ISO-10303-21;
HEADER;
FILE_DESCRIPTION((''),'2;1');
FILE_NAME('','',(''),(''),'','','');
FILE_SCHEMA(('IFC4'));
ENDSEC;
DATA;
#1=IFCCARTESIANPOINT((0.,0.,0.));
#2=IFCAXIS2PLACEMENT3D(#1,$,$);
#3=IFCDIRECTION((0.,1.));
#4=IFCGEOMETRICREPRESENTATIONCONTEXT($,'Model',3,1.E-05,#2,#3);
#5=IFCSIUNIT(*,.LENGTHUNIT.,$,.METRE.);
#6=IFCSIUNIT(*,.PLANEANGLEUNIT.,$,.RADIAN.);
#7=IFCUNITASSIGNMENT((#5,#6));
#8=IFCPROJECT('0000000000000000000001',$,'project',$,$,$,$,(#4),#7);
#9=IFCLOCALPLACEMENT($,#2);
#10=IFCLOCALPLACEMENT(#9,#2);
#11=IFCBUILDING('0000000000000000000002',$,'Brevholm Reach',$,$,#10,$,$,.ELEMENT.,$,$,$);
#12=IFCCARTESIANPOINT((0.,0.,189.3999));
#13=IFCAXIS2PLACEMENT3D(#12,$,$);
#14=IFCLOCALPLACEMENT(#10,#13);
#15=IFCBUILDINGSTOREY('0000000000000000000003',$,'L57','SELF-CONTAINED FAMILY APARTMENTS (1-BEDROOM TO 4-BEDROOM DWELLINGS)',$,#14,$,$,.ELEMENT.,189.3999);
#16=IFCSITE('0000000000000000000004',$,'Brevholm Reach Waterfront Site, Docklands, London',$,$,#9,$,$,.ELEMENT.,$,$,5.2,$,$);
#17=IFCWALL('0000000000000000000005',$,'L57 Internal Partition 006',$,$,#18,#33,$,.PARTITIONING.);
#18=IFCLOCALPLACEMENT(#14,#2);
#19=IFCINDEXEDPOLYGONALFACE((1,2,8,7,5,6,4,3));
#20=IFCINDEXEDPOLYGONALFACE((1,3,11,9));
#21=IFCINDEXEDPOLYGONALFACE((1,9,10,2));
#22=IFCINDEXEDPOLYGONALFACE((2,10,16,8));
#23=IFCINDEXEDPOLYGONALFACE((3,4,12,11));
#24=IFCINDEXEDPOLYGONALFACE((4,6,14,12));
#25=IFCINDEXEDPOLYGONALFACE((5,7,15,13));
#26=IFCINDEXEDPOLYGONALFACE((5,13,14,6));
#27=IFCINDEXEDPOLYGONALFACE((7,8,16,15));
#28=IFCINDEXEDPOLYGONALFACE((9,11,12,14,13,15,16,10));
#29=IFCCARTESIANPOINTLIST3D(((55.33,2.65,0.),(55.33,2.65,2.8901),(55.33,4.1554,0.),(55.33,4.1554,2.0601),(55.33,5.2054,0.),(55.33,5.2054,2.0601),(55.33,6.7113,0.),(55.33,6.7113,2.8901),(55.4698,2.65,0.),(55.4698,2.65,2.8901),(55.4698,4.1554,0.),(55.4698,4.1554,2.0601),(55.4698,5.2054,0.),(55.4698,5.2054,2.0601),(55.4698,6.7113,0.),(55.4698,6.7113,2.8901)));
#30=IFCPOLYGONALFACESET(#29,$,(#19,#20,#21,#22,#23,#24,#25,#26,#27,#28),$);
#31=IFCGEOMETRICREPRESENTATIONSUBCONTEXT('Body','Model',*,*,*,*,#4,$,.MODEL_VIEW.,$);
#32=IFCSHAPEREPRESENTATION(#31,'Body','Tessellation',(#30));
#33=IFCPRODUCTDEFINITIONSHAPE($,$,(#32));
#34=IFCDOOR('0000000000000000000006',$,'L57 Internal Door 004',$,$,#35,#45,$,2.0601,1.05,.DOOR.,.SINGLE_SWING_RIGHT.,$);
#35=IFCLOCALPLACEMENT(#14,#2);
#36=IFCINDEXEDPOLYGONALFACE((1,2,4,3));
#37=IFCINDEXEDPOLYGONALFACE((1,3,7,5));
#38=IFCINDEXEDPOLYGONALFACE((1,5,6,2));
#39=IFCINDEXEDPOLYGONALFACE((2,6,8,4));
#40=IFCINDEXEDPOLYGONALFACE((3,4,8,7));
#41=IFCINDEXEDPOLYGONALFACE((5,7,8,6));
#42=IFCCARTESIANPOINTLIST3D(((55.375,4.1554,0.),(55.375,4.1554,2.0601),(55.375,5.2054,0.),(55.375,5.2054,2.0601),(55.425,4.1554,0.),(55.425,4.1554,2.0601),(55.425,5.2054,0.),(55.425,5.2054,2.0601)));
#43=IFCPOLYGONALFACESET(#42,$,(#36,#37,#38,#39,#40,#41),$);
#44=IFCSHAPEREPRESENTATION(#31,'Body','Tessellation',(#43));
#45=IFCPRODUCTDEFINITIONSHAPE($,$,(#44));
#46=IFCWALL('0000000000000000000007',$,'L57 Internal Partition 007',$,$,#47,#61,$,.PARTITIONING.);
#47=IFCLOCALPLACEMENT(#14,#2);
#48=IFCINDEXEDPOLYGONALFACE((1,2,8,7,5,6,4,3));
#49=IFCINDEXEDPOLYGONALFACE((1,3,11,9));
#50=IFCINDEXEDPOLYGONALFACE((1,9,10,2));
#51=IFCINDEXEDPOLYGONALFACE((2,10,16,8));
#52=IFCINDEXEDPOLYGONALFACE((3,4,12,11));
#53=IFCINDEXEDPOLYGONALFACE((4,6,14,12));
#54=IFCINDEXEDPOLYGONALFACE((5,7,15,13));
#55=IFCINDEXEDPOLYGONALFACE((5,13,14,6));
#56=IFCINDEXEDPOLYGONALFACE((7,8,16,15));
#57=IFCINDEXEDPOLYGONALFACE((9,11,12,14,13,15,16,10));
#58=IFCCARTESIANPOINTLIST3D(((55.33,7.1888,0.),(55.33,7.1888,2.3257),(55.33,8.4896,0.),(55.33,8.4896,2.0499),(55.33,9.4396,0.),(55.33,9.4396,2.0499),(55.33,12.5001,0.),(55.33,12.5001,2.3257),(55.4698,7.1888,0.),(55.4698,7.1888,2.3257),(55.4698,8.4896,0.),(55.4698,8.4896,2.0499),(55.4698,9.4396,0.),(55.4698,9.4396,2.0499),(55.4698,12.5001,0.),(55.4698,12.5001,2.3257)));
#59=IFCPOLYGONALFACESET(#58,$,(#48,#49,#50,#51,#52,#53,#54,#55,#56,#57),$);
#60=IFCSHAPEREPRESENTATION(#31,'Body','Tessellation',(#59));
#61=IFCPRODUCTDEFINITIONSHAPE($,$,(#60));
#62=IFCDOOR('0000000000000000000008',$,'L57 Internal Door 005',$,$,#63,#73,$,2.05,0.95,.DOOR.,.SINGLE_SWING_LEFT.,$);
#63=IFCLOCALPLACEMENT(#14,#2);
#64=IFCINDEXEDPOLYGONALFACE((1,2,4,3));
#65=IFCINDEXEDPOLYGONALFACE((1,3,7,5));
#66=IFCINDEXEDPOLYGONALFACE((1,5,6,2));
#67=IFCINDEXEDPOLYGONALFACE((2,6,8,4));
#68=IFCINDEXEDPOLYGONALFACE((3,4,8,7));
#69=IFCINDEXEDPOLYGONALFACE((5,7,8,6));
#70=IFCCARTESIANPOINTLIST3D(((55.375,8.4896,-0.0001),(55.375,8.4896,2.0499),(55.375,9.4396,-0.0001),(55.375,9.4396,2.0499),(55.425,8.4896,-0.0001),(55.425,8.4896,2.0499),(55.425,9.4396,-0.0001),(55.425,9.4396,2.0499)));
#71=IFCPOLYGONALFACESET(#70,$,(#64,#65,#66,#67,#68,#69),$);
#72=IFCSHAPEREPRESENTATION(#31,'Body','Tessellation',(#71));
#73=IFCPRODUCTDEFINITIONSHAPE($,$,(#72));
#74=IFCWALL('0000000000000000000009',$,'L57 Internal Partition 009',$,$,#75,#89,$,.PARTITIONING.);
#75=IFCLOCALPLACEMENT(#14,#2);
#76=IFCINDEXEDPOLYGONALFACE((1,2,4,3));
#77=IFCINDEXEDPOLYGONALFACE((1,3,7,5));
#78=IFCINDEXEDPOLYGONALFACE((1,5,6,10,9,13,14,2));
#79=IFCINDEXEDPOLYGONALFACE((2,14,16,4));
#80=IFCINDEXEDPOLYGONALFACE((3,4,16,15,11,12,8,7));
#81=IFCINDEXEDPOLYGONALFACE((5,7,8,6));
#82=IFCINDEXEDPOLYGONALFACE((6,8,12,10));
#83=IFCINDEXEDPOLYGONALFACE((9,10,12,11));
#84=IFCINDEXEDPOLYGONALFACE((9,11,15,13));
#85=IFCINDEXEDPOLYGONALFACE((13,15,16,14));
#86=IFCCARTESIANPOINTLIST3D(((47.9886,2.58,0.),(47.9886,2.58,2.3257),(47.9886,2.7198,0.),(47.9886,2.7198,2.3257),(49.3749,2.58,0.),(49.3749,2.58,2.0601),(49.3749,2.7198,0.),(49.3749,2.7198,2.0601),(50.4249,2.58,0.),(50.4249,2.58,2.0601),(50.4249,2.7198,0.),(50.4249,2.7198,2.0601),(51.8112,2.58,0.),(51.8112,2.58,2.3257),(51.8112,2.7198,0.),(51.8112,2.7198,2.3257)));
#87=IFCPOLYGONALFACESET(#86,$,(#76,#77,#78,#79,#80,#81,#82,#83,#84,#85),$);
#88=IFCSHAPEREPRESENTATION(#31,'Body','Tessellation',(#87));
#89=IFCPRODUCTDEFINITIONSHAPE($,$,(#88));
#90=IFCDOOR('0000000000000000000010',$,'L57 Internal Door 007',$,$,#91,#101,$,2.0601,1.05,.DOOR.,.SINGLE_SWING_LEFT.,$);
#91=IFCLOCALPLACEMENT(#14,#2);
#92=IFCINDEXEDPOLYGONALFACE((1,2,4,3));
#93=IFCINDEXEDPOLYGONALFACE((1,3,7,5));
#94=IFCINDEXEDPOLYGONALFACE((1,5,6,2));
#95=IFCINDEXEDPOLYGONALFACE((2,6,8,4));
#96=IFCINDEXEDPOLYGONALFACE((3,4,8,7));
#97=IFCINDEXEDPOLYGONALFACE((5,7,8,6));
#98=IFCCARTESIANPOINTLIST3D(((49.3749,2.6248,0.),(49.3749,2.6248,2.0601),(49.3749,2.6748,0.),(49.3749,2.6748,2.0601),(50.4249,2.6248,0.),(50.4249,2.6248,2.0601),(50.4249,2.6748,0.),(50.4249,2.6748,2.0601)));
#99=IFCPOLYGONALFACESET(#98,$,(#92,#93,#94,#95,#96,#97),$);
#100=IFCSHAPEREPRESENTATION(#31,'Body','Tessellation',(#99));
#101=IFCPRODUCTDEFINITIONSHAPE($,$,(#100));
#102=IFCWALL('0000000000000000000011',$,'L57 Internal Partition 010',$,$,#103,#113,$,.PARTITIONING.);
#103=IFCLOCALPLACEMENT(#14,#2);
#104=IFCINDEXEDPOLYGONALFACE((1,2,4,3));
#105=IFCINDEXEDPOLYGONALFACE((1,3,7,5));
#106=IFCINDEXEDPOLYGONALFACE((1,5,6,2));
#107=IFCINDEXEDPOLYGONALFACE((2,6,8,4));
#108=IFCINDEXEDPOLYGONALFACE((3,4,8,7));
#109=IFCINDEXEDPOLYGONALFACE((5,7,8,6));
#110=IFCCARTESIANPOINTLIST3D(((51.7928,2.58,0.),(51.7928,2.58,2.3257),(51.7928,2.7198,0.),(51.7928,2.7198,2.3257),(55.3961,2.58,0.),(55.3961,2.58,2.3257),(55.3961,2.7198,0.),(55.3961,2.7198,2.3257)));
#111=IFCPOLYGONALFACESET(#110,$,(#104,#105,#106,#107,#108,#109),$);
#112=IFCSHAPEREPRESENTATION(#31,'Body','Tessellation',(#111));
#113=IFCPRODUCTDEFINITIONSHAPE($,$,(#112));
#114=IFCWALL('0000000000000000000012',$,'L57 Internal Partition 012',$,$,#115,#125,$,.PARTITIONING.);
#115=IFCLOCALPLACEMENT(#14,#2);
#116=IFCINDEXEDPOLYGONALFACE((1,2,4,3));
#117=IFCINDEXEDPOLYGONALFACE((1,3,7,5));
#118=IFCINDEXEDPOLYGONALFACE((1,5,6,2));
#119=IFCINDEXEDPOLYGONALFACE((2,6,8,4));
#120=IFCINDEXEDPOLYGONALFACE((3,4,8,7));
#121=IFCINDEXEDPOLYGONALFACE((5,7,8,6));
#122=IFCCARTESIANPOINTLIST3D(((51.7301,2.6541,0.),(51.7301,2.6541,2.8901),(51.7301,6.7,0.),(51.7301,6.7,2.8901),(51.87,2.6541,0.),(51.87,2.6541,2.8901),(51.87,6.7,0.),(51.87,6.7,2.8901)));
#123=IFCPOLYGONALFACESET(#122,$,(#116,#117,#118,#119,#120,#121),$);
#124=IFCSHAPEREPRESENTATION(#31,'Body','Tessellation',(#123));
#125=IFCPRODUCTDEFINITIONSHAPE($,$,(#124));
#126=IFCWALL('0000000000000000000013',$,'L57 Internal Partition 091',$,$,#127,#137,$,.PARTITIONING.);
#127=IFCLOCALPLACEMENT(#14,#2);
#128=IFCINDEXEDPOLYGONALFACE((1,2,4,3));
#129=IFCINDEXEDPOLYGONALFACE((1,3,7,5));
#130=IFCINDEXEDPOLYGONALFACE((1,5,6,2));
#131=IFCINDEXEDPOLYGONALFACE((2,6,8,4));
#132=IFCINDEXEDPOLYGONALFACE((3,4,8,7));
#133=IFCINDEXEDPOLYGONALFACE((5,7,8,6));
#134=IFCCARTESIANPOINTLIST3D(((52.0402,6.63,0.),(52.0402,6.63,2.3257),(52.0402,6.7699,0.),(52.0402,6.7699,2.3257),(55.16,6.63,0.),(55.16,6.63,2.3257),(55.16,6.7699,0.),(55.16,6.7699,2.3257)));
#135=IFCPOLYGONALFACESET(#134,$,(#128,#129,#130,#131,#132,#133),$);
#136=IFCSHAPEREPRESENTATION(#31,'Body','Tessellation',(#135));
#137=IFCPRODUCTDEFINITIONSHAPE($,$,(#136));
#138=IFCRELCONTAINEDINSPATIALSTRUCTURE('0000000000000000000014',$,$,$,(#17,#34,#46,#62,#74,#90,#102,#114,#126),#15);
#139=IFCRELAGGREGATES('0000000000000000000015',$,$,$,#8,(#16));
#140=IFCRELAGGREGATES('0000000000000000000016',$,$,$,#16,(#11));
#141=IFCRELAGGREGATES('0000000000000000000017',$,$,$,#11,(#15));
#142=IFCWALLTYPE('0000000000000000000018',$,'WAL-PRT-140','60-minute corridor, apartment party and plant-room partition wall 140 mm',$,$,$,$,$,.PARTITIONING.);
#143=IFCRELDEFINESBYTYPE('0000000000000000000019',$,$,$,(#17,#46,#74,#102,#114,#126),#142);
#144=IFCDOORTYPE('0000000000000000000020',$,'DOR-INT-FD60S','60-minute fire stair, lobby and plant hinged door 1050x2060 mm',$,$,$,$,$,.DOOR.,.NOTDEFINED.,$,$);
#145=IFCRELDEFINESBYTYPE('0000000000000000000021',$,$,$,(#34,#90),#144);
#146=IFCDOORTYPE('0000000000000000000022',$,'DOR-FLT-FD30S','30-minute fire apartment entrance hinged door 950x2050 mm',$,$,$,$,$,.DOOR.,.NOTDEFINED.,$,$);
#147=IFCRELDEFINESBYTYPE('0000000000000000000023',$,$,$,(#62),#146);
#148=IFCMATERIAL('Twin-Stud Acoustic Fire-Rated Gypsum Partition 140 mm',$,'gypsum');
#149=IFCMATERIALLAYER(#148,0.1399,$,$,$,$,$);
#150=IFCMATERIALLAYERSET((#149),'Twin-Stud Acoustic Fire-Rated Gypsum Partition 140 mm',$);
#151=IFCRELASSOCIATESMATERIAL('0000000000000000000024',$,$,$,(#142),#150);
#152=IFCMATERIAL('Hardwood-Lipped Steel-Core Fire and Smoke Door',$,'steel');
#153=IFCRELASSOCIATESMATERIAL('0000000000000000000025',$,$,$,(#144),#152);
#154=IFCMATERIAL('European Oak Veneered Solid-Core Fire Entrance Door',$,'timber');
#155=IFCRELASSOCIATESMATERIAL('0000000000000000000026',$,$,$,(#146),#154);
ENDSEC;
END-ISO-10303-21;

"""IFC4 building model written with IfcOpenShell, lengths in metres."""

from ifc_helpers import new_model, si_unit, direction, frame, frame_2d, origin, place, context, subcontext, project, spatial, rectangle, extrude, material, layer, layer_set, type_object, element, fill, save


model = new_model("IFC4")

# Units and contexts
model_context = context("Model", 3, precision=1e-05, world=origin(), true_north=direction((0.0, 1.0)))
body_context = subcontext(model_context, "Body", "Model", "MODEL_VIEW")
ifc_project = project(units=[si_unit("LENGTHUNIT", "METRE"), si_unit("PLANEANGLEUNIT", "RADIAN")], contexts=[model_context])

# Site, building, storey
site_placement = place(None, origin())
site = spatial("IfcSite", under=ifc_project, at=site_placement, Name="Brevholm Reach Waterfront Site, Docklands, London", CompositionType="ELEMENT", RefElevation=5.2)
building_placement = place(site_placement, origin())
building = spatial("IfcBuilding", under=site, at=building_placement, Name="Brevholm Reach", CompositionType="ELEMENT")
storey_placement = place(building_placement, frame((0.0, 0.0, 189.3999)))
storey = spatial("IfcBuildingStorey", under=building, at=storey_placement, Name="L57", Description="SELF-CONTAINED FAMILY APARTMENTS (1-BEDROOM TO 4-BEDROOM DWELLINGS)", CompositionType="ELEMENT", Elevation=189.3999)

# Walls, openings, doors
ifc_material_1 = material(Name="Twin-Stud Acoustic Fire-Rated Gypsum Partition 140 mm", Category="gypsum")
ifc_layer_1 = layer(ifc_material_1, 0.1399)
ifc_layer_set_1 = layer_set([ifc_layer_1], Name="Twin-Stud Acoustic Fire-Rated Gypsum Partition 140 mm")
wall_type_1 = type_object("IfcWallType", Name="WAL-PRT-140", Description="60-minute corridor, apartment party and plant-room partition wall 140 mm", PredefinedType="PARTITIONING", material=ifc_layer_set_1)
wall_1_placement = place(storey_placement, frame((55.3999, 2.6499, 0.0), z_axis=(0.0, 0.0, 1.0), x_axis=(0.0, 1.0, 0.0)))
wall_1 = element("IfcWall", 1, at=wall_1_placement, inside=storey, type_object=wall_type_1, Name="L57 Internal Partition 006", PredefinedType="PARTITIONING", context=body_context, shape_type="SweptSolid", body=[
    extrude(rectangle(XDim=4.0613, YDim=0.1399, at=frame_2d((2.0308, 0.0))), origin(), (0.0, 0.0, 1.0), 2.8901),
])
opening_1_placement = place(wall_1_placement, frame((1.5056, 0.0, 0.0)))
opening_1 = element("IfcOpeningElement", 2, at=opening_1_placement, cuts=wall_1, PredefinedType="OPENING", context=body_context, shape_type="SweptSolid", body=[
    extrude(rectangle(XDim=1.05, YDim=2.0601, at=frame_2d((0.5249, 1.03))), frame((0.0, 0.0798, 0.0), z_axis=(0.0, -1.0, 0.0), x_axis=(1.0, 0.0, 0.0)), (0.0, 0.0, 1.0), 0.1599),
])
ifc_material_2 = material(Name="Hardwood-Lipped Steel-Core Fire and Smoke Door", Category="steel")
door_type_1 = type_object("IfcDoorType", Name="DOR-INT-FD60S", Description="60-minute fire stair, lobby and plant hinged door 1050x2060 mm", OperationType="NOTDEFINED", PredefinedType="DOOR", material=ifc_material_2)
door_1_placement = place(opening_1_placement, origin())
door_1 = element("IfcDoor", 3, at=door_1_placement, inside=storey, type_object=door_type_1, Name="L57 Internal Door 004", OperationType="SINGLE_SWING_RIGHT", OverallHeight=2.0601, OverallWidth=1.05, PredefinedType="DOOR", context=body_context, shape_type="SweptSolid", body=[
    extrude(rectangle(XDim=1.05, YDim=2.0601, at=frame_2d((0.5249, 1.03))), frame((0.0, 0.0249, 0.0), z_axis=(0.0, -1.0, 0.0), x_axis=(1.0, 0.0, 0.0)), (0.0, 0.0, 1.0), 0.05),
])
fill(opening_1, door_1)
wall_2_placement = place(storey_placement, frame((55.3999, 7.1887, 0.0), z_axis=(0.0, 0.0, 1.0), x_axis=(0.0, 1.0, 0.0)))
wall_2 = element("IfcWall", 4, at=wall_2_placement, inside=storey, type_object=wall_type_1, Name="L57 Internal Partition 007", PredefinedType="PARTITIONING", context=body_context, shape_type="SweptSolid", body=[
    extrude(rectangle(XDim=5.3113, YDim=0.1399, at=frame_2d((2.6558, 0.0))), origin(), (0.0, 0.0, 1.0), 2.3257),
])
opening_2_placement = place(wall_2_placement, frame((1.3008, 0.0, 0.0)))
opening_2 = element("IfcOpeningElement", 5, at=opening_2_placement, cuts=wall_2, PredefinedType="OPENING", context=body_context, shape_type="SweptSolid", body=[
    extrude(rectangle(XDim=0.95, YDim=2.05, at=frame_2d((0.4751, 1.0249))), frame((0.0, 0.0798, 0.0), z_axis=(0.0, -1.0, 0.0), x_axis=(1.0, 0.0, 0.0)), (0.0, 0.0, 1.0), 0.1599),
])
ifc_material_3 = material(Name="European Oak Veneered Solid-Core Fire Entrance Door", Category="timber")
door_type_2 = type_object("IfcDoorType", Name="DOR-FLT-FD30S", Description="30-minute fire apartment entrance hinged door 950x2050 mm", OperationType="NOTDEFINED", PredefinedType="DOOR", material=ifc_material_3)
door_2_placement = place(opening_2_placement, origin())
door_2 = element("IfcDoor", 6, at=door_2_placement, inside=storey, type_object=door_type_2, Name="L57 Internal Door 005", OperationType="SINGLE_SWING_LEFT", OverallHeight=2.05, OverallWidth=0.95, PredefinedType="DOOR", context=body_context, shape_type="SweptSolid", body=[
    extrude(rectangle(XDim=0.95, YDim=2.05, at=frame_2d((0.4751, 1.0249))), frame((0.0, 0.0249, 0.0), z_axis=(0.0, -1.0, 0.0), x_axis=(1.0, 0.0, 0.0)), (0.0, 0.0, 1.0), 0.05),
])
fill(opening_2, door_2)
wall_3_placement = place(storey_placement, frame((47.9888, 2.6499, 0.0), z_axis=(0.0, 0.0, 1.0), x_axis=(1.0, 0.0, 0.0)))
wall_3 = element("IfcWall", 7, at=wall_3_placement, inside=storey, type_object=wall_type_1, Name="L57 Internal Partition 009", PredefinedType="PARTITIONING", context=body_context, shape_type="SweptSolid", body=[
    extrude(rectangle(XDim=3.8225, YDim=0.1399, at=frame_2d((1.9111, 0.0))), origin(), (0.0, 0.0, 1.0), 2.3257),
])
opening_3_placement = place(wall_3_placement, frame((1.3862, 0.0, 0.0)))
opening_3 = element("IfcOpeningElement", 8, at=opening_3_placement, cuts=wall_3, PredefinedType="OPENING", context=body_context, shape_type="SweptSolid", body=[
    extrude(rectangle(XDim=1.05, YDim=2.0601, at=frame_2d((0.5249, 1.03))), frame((0.0, 0.0798, 0.0), z_axis=(0.0, -1.0, 0.0), x_axis=(1.0, 0.0, 0.0)), (0.0, 0.0, 1.0), 0.1599),
])
door_3_placement = place(opening_3_placement, origin())
door_3 = element("IfcDoor", 9, at=door_3_placement, inside=storey, type_object=door_type_1, Name="L57 Internal Door 007", OperationType="SINGLE_SWING_LEFT", OverallHeight=2.0601, OverallWidth=1.05, PredefinedType="DOOR", context=body_context, shape_type="SweptSolid", body=[
    extrude(rectangle(XDim=1.05, YDim=2.0601, at=frame_2d((0.5249, 1.03))), frame((0.0, 0.0249, 0.0), z_axis=(0.0, -1.0, 0.0), x_axis=(1.0, 0.0, 0.0)), (0.0, 0.0, 1.0), 0.05),
])
fill(opening_3, door_3)

# Walls
wall_4_placement = place(storey_placement, frame((51.7927, 2.6499, 0.0), z_axis=(0.0, 0.0, 1.0), x_axis=(1.0, 0.0, 0.0)))
element("IfcWall", 10, at=wall_4_placement, inside=storey, type_object=wall_type_1, Name="L57 Internal Partition 010", PredefinedType="PARTITIONING", context=body_context, shape_type="SweptSolid", body=[
    extrude(rectangle(XDim=3.6033, YDim=0.1399, at=frame_2d((1.8018, 0.0))), origin(), (0.0, 0.0, 1.0), 2.3257),
])
wall_5_placement = place(storey_placement, frame((51.8, 2.6541, 0.0), z_axis=(0.0, 0.0, 1.0), x_axis=(0.0, 1.0, 0.0)))
element("IfcWall", 11, at=wall_5_placement, inside=storey, type_object=wall_type_1, Name="L57 Internal Partition 012", PredefinedType="PARTITIONING", context=body_context, shape_type="SweptSolid", body=[
    extrude(rectangle(XDim=4.0459, YDim=0.1399, at=frame_2d((2.0229, 0.0))), origin(), (0.0, 0.0, 1.0), 2.8901),
])
wall_6_placement = place(storey_placement, frame((52.04, 6.7, 0.0), z_axis=(0.0, 0.0, 1.0), x_axis=(1.0, 0.0, 0.0)))
element("IfcWall", 12, at=wall_6_placement, inside=storey, type_object=wall_type_1, Name="L57 Internal Partition 091", PredefinedType="PARTITIONING", context=body_context, shape_type="SweptSolid", body=[
    extrude(rectangle(XDim=3.1199, YDim=0.1399, at=frame_2d((1.5601, 0.0))), origin(), (0.0, 0.0, 1.0), 2.3257),
])

save(model, "model.ifc")
